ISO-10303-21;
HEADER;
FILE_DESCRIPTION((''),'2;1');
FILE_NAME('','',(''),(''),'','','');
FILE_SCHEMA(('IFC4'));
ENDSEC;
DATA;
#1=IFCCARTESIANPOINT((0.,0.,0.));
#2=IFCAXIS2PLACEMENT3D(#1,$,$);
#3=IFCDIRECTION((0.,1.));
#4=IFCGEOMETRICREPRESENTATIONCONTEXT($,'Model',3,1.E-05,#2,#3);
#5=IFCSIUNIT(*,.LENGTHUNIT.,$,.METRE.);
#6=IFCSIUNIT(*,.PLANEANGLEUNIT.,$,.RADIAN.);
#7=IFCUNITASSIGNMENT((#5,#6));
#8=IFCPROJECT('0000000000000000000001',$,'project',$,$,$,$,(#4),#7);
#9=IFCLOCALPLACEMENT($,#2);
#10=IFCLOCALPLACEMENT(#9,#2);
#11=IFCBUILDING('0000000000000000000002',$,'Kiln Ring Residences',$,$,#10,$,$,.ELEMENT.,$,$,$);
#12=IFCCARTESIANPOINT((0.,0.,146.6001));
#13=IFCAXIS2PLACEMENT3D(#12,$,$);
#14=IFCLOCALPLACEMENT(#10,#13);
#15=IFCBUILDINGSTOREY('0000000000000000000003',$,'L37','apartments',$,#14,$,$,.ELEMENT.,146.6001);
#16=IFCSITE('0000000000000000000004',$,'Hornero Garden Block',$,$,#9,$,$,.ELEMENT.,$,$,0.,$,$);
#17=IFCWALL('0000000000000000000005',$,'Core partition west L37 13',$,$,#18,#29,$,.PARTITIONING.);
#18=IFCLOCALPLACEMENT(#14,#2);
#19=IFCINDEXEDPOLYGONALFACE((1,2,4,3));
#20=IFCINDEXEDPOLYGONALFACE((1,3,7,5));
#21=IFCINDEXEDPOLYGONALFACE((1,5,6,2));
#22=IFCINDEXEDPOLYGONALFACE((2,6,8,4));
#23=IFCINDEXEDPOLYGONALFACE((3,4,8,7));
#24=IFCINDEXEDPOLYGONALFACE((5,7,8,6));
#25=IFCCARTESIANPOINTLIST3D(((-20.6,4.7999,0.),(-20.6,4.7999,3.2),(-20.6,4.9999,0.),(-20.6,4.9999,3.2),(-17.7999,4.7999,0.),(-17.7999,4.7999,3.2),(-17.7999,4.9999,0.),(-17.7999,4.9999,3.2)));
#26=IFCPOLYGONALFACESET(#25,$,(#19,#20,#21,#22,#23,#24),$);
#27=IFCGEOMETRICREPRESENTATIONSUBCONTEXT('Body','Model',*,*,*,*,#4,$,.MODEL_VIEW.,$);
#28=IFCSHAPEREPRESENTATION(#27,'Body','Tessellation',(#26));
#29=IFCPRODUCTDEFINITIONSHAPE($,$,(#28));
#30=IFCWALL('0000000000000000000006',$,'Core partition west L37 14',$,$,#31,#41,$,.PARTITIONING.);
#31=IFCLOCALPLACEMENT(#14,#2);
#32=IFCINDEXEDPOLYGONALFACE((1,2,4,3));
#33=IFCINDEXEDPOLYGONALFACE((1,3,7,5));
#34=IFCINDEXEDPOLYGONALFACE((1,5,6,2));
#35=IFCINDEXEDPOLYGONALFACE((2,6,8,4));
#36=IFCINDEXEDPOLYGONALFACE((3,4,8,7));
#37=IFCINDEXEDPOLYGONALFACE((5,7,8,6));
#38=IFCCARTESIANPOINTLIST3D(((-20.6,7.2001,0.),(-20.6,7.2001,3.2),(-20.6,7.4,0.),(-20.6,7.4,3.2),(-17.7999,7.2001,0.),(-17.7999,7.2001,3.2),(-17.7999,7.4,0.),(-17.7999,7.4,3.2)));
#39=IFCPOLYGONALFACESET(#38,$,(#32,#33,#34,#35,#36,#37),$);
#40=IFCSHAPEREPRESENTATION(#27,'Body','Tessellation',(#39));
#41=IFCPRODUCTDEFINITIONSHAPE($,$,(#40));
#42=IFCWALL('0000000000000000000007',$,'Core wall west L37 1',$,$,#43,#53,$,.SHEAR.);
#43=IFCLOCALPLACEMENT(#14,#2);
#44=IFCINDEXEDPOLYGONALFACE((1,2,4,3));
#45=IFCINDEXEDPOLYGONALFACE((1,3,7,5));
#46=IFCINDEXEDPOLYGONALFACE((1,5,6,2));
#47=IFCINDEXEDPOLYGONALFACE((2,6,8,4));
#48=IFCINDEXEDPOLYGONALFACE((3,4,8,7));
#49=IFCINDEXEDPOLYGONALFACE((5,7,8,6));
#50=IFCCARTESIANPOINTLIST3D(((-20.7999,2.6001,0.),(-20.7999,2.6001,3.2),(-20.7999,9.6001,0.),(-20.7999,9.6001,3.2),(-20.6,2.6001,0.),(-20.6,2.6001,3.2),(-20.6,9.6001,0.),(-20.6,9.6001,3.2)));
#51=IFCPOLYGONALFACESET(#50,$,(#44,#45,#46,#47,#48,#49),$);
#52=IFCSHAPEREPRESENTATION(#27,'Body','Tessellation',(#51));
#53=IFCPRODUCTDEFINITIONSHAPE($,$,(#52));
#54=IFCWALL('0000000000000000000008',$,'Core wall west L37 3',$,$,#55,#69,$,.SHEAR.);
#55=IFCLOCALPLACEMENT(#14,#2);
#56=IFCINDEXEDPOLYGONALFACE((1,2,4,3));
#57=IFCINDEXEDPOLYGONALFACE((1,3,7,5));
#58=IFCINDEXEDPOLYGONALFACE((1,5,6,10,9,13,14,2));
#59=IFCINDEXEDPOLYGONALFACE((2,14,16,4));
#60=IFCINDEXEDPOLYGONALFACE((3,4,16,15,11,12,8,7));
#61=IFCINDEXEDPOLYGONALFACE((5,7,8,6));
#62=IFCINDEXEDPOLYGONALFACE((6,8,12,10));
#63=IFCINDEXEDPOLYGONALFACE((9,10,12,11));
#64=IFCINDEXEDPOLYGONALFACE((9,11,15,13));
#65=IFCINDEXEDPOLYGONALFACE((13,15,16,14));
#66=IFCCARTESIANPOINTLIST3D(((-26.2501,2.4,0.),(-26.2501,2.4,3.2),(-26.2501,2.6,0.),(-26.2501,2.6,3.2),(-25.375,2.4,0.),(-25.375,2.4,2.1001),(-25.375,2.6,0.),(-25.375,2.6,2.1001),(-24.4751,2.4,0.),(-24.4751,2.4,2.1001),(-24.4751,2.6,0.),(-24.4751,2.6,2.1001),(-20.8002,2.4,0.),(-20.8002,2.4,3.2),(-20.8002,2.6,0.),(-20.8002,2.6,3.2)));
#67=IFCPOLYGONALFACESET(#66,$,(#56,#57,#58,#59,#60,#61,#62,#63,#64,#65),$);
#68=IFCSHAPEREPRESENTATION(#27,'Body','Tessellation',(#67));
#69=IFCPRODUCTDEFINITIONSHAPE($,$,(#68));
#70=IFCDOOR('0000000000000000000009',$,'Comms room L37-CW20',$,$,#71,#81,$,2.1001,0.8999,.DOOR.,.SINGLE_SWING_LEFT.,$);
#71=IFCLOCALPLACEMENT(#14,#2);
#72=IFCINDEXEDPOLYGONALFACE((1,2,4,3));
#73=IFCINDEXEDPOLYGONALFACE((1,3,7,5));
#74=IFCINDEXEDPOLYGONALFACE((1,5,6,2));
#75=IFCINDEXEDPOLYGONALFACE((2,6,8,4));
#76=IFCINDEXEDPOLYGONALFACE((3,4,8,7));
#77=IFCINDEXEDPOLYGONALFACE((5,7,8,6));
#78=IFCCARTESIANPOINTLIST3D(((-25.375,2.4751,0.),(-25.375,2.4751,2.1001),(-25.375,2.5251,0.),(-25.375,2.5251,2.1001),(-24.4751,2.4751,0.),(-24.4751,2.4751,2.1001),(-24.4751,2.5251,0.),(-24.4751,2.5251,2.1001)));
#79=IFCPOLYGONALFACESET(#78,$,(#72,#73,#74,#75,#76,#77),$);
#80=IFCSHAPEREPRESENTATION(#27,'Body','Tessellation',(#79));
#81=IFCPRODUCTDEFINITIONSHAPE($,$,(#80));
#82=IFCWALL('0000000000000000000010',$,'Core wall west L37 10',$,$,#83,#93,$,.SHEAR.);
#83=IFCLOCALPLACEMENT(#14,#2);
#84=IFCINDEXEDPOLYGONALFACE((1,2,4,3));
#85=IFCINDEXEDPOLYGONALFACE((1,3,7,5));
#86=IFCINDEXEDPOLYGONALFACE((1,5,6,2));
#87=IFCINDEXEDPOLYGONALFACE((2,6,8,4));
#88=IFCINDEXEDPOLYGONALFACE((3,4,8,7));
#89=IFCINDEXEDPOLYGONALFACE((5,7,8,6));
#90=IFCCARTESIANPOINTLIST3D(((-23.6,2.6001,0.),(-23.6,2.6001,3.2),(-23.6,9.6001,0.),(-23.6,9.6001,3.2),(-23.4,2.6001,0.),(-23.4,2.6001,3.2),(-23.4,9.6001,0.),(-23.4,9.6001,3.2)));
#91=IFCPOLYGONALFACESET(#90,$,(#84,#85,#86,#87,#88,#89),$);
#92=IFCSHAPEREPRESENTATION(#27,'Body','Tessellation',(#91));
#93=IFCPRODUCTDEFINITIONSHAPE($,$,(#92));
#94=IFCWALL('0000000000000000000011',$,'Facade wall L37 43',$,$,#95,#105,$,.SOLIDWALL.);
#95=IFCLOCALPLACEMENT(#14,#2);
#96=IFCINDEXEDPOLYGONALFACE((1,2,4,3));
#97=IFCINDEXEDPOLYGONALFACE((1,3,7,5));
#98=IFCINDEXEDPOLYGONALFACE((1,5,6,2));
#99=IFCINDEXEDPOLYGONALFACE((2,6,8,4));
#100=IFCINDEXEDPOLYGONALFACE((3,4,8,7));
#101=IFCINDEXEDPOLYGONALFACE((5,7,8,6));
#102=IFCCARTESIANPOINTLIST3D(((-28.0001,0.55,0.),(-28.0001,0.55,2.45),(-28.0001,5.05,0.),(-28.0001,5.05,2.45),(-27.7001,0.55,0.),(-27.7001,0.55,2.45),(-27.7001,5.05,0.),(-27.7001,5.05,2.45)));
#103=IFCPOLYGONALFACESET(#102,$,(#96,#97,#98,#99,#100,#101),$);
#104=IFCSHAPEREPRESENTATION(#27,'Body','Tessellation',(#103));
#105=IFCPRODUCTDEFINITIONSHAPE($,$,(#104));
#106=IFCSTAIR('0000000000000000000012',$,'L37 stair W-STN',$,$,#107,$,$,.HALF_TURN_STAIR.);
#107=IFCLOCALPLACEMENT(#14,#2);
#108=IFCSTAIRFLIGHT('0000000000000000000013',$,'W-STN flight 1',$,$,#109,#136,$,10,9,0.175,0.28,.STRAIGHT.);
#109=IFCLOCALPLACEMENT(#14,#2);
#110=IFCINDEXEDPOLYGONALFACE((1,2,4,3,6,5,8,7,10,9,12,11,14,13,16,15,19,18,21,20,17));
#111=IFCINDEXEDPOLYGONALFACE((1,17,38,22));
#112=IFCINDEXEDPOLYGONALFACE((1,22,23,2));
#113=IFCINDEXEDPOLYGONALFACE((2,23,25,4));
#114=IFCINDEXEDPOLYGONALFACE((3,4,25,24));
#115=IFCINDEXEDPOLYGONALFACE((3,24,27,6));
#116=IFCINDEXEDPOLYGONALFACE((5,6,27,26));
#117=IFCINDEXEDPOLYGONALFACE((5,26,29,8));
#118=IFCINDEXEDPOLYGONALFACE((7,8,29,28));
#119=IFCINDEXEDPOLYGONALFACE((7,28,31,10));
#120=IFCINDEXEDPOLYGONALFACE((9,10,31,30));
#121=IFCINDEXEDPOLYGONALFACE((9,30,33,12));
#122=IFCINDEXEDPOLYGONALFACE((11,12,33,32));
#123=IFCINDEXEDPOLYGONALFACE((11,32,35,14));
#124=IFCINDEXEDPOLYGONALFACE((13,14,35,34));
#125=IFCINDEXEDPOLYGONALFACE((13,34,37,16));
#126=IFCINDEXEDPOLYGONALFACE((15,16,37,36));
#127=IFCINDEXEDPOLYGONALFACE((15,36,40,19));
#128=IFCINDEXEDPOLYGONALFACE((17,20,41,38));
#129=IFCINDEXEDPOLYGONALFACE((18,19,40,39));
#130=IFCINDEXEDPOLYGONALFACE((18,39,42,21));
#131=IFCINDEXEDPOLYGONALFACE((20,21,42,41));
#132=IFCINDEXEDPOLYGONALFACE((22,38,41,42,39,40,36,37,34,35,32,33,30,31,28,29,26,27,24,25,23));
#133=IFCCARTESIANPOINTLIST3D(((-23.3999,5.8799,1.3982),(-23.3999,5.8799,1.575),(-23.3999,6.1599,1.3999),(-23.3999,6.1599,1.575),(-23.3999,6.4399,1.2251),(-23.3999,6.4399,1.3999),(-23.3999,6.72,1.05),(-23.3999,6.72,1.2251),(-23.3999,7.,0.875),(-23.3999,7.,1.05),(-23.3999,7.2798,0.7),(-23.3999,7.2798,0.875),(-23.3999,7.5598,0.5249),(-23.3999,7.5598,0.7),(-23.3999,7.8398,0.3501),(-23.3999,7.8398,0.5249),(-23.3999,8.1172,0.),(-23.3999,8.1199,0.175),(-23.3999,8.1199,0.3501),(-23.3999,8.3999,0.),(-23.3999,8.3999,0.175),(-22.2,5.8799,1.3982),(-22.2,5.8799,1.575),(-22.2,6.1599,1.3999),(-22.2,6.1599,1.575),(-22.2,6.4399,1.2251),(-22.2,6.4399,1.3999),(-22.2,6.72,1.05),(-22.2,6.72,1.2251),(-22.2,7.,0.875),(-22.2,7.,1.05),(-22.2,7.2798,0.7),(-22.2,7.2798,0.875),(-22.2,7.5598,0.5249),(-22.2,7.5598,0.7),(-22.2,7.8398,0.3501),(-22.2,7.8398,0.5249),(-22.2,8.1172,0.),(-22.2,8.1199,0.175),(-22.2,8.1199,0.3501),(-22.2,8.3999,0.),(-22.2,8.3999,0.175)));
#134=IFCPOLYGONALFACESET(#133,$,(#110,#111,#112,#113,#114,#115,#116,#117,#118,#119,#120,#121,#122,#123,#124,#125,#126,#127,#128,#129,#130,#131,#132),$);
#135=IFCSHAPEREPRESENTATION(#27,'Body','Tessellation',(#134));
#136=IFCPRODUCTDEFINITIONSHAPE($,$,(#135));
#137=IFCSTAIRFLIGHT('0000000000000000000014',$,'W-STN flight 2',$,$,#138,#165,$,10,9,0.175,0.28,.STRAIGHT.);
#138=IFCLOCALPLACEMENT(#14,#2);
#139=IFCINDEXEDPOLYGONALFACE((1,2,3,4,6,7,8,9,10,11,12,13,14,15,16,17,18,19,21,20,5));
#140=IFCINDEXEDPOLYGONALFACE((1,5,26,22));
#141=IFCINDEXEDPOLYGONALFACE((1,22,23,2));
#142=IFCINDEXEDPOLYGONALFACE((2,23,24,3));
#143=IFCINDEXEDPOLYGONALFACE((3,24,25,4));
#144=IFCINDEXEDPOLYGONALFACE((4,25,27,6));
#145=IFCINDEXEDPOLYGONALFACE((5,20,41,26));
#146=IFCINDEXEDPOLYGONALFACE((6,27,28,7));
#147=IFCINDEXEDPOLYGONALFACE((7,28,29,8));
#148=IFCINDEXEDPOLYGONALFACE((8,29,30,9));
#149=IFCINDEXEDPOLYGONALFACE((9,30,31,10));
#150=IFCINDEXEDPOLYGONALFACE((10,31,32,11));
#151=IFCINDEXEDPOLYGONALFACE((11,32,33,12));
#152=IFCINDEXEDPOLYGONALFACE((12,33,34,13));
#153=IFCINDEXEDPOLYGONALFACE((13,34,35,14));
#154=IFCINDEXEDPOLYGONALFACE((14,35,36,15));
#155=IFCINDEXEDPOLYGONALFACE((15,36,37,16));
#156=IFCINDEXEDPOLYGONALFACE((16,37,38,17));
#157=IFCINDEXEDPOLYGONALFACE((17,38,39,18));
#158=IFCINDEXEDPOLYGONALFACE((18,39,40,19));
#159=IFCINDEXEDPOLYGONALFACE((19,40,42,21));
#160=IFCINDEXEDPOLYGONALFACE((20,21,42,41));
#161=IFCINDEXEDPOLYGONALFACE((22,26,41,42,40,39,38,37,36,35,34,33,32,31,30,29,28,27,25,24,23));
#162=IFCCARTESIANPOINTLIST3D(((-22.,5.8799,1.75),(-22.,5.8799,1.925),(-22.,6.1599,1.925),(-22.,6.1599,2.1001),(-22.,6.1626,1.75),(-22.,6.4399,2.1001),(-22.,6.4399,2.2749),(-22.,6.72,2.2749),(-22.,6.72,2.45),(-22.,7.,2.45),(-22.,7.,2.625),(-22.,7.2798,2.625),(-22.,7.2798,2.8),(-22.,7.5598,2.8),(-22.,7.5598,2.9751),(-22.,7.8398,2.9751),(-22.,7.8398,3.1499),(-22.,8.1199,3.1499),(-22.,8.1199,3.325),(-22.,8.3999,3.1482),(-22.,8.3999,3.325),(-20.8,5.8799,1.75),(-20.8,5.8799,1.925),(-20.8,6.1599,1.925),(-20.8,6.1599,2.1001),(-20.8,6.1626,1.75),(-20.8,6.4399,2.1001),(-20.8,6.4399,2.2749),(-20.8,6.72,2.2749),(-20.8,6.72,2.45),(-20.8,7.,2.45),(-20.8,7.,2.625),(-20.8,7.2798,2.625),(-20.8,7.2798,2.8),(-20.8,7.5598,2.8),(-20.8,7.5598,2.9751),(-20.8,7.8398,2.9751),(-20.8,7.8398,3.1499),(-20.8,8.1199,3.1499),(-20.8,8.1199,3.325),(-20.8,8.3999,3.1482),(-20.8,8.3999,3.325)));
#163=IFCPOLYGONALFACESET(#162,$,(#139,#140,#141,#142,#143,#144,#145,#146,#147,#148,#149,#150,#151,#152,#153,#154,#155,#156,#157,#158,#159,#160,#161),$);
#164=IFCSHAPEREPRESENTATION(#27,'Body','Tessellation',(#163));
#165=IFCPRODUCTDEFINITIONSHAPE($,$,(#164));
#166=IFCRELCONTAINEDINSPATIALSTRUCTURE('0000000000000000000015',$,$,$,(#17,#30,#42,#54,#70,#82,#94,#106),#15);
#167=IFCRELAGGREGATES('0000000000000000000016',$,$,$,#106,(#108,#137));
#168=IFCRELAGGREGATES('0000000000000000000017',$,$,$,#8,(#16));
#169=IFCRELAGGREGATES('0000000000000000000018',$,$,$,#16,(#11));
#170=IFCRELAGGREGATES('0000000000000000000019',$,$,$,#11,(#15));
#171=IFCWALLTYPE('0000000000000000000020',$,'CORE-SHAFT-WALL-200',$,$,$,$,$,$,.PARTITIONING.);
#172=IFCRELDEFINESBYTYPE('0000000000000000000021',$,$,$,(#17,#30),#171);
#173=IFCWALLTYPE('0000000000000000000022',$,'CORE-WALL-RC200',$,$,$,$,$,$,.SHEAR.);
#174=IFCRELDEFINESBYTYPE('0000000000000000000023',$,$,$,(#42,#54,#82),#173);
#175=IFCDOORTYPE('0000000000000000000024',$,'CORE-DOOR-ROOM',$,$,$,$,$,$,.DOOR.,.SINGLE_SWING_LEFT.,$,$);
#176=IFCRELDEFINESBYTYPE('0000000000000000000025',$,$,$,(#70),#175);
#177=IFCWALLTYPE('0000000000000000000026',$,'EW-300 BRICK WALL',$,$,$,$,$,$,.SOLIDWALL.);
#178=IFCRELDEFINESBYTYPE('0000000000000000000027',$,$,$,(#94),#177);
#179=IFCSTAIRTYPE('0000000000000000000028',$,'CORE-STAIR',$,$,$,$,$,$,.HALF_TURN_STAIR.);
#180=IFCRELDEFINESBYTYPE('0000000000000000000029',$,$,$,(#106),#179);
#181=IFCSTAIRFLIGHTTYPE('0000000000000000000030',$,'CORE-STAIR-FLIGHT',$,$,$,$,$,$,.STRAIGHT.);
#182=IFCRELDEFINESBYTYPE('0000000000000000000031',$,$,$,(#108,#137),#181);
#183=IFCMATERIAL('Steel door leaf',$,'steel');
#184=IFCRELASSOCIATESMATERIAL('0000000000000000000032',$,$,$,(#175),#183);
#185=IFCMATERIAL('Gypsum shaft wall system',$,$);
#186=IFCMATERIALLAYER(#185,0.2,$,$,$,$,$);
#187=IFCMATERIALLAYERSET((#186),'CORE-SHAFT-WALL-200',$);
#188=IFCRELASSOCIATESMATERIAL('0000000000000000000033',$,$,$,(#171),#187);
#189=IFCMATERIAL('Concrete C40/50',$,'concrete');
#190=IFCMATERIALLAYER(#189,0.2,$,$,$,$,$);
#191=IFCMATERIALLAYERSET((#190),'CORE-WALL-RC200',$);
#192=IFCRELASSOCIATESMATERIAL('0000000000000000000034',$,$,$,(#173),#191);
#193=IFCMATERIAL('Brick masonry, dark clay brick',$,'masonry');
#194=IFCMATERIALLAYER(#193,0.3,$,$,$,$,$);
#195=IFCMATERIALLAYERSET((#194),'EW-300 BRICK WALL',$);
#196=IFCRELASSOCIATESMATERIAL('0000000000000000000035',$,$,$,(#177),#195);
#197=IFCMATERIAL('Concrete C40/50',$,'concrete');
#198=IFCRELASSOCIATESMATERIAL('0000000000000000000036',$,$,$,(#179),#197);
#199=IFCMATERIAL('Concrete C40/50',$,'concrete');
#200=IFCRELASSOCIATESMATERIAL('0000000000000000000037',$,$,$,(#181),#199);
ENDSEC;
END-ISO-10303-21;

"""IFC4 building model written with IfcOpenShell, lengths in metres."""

from ifc_helpers import new_model, si_unit, direction, frame, frame_2d, origin, place, context, subcontext, project, spatial, polyline, rectangle, outline, extrude, material, layer, layer_set, type_object, element, fill, aggregate, save


model = new_model("IFC4")

# Units and contexts
model_context = context("Model", 3, precision=1e-05, world=origin(), true_north=direction((0.0, 1.0)))
body_context = subcontext(model_context, "Body", "Model", "MODEL_VIEW")
ifc_project = project(units=[si_unit("LENGTHUNIT", "METRE"), si_unit("PLANEANGLEUNIT", "RADIAN")], contexts=[model_context])

# Site, building, storey
site_placement = place(None, origin())
site = spatial("IfcSite", under=ifc_project, at=site_placement, Name="Hornero Garden Block", CompositionType="ELEMENT", RefElevation=0.0)
building_placement = place(site_placement, origin())
building = spatial("IfcBuilding", under=site, at=building_placement, Name="Kiln Ring Residences", CompositionType="ELEMENT")
storey_placement = place(building_placement, frame((0.0, 0.0, 146.6001)))
storey = spatial("IfcBuildingStorey", under=building, at=storey_placement, Name="L37", Description="apartments", CompositionType="ELEMENT", Elevation=146.6001)

# Shared definitions
ifc_material_1 = material(Name="Steel door leaf", Category="steel")
door_type = type_object("IfcDoorType", Name="CORE-DOOR-ROOM", OperationType="SINGLE_SWING_LEFT", PredefinedType="DOOR", material=ifc_material_1)

# Walls
ifc_material_2 = material(Name="Gypsum shaft wall system")
ifc_layer_1 = layer(ifc_material_2, 0.2)
ifc_layer_set_1 = layer_set([ifc_layer_1], Name="CORE-SHAFT-WALL-200")
wall_type_1 = type_object("IfcWallType", Name="CORE-SHAFT-WALL-200", PredefinedType="PARTITIONING", material=ifc_layer_set_1)
for number, where, z_axis, x_axis, name in (
    (1, (-17.8, 4.8999, 0.0), (0.0, 0.0, 1.0), (-1.0, 0.0, 0.0), "Core partition west L37 13"),
    (2, (-17.8, 7.3, 0.0), (0.0, 0.0, 1.0), (-1.0, 0.0, 0.0), "Core partition west L37 14"),
):
    element("IfcWall", number, at=place(storey_placement, frame(where, z_axis=z_axis, x_axis=x_axis)), inside=storey, type_object=wall_type_1, Name=name, PredefinedType="PARTITIONING", context=body_context, shape_type="SweptSolid", body=[
        extrude(rectangle(XDim=2.8, YDim=0.2, at=frame_2d((1.3999, 0.0))), origin(), (0.0, 0.0, 1.0), 3.2),
    ])
ifc_material_3 = material(Name="Concrete C40/50", Category="concrete")
ifc_layer_2 = layer(ifc_material_3, 0.2)
ifc_layer_set_2 = layer_set([ifc_layer_2], Name="CORE-WALL-RC200")
wall_type_2 = type_object("IfcWallType", Name="CORE-WALL-RC200", PredefinedType="SHEAR", material=ifc_layer_set_2)
wall_1_placement = place(storey_placement, frame((-20.7, 2.6001, 0.0), z_axis=(0.0, 0.0, 1.0), x_axis=(0.0, 1.0, 0.0)))
element("IfcWall", 3, at=wall_1_placement, inside=storey, type_object=wall_type_2, Name="Core wall west L37 1", PredefinedType="SHEAR", context=body_context, shape_type="SweptSolid", body=[
    extrude(rectangle(XDim=7.0, YDim=0.2, at=frame_2d((3.5, 0.0))), origin(), (0.0, 0.0, 1.0), 3.2),
])

# Wall, opening, door
wall_2_placement = place(storey_placement, frame((-20.8, 2.5, 0.0), z_axis=(0.0, 0.0, 1.0), x_axis=(-1.0, 0.0, 0.0)))
wall_2 = element("IfcWall", 4, at=wall_2_placement, inside=storey, type_object=wall_type_2, Name="Core wall west L37 3", PredefinedType="SHEAR", context=body_context, shape_type="SweptSolid", body=[
    extrude(rectangle(XDim=5.45, YDim=0.2, at=frame_2d((2.7251, 0.0))), origin(), (0.0, 0.0, 1.0), 3.2),
])
opening_1_placement = place(wall_2_placement, frame((3.675, 0.0, 0.0)))
opening_1 = element("IfcOpeningElement", 5, at=opening_1_placement, cuts=wall_2, PredefinedType="OPENING", context=body_context, shape_type="SweptSolid", body=[
    extrude(rectangle(XDim=0.8999, YDim=2.1001, at=frame_2d((0.45, 1.05))), frame((0.0, 0.1099, 0.0), z_axis=(0.0, -1.0, 0.0), x_axis=(1.0, 0.0, 0.0)), (0.0, 0.0, 1.0), 0.22),
])
door_1_placement = place(opening_1_placement, origin())
door_1 = element("IfcDoor", 6, at=door_1_placement, inside=storey, type_object=door_type, Name="Comms room L37-CW20", OperationType="SINGLE_SWING_LEFT", OverallHeight=2.1001, OverallWidth=0.8999, PredefinedType="DOOR", context=body_context, shape_type="SweptSolid", body=[
    extrude(rectangle(XDim=0.8999, YDim=2.1001, at=frame_2d((0.45, 1.05))), frame((0.0, 0.0249, 0.0), z_axis=(0.0, -1.0, 0.0), x_axis=(1.0, 0.0, 0.0)), (0.0, 0.0, 1.0), 0.05),
])
fill(opening_1, door_1)

# Walls
wall_3_placement = place(storey_placement, frame((-23.5, 2.6001, 0.0), z_axis=(0.0, 0.0, 1.0), x_axis=(0.0, 1.0, 0.0)))
element("IfcWall", 7, at=wall_3_placement, inside=storey, type_object=wall_type_2, Name="Core wall west L37 10", PredefinedType="SHEAR", context=body_context, shape_type="SweptSolid", body=[
    extrude(rectangle(XDim=7.0, YDim=0.2, at=frame_2d((3.5, 0.0))), origin(), (0.0, 0.0, 1.0), 3.2),
])
ifc_material_4 = material(Name="Brick masonry, dark clay brick", Category="masonry")
ifc_layer_3 = layer(ifc_material_4, 0.3)
ifc_layer_set_3 = layer_set([ifc_layer_3], Name="EW-300 BRICK WALL")
wall_type_3 = type_object("IfcWallType", Name="EW-300 BRICK WALL", PredefinedType="SOLIDWALL", material=ifc_layer_set_3)
wall_4_placement = place(storey_placement, frame((-27.8501, 5.05, 0.0), z_axis=(0.0, 0.0, 1.0), x_axis=(0.0, -1.0, 0.0)))
element("IfcWall", 8, at=wall_4_placement, inside=storey, type_object=wall_type_3, Name="Facade wall L37 43", PredefinedType="SOLIDWALL", context=body_context, shape_type="SweptSolid", body=[
    extrude(rectangle(XDim=4.5, YDim=0.3, at=frame_2d((2.25, 0.0))), origin(), (0.0, 0.0, 1.0), 2.45),
])

# Stair, stair flights
ifc_material_5 = material(Name="Concrete C40/50", Category="concrete")
stair_type = type_object("IfcStairType", Name="CORE-STAIR", PredefinedType="HALF_TURN_STAIR", material=ifc_material_5)
stair_placement = place(storey_placement, origin())
stair = element("IfcStair", 9, at=stair_placement, inside=storey, type_object=stair_type, Name="L37 stair W-STN", PredefinedType="HALF_TURN_STAIR")
ifc_material_6 = material(Name="Concrete C40/50", Category="concrete")
stair_flight_type = type_object("IfcStairFlightType", Name="CORE-STAIR-FLIGHT", PredefinedType="STRAIGHT", material=ifc_material_6)
stair_flight_1_placement = place(storey_placement, frame((-22.8, 8.3999, 0.0), z_axis=(0.0, 0.0, 1.0), x_axis=(0.0, -1.0, 0.0)))
stair_flight_1 = element("IfcStairFlight", 10, at=stair_flight_1_placement, type_object=stair_flight_type, Name="W-STN flight 1", NumberOfRisers=10, NumberOfTreads=9, PredefinedType="STRAIGHT", RiserHeight=0.175, TreadLength=0.28, context=body_context, shape_type="SweptSolid", body=[
    extrude(outline(polyline([(0.0, 0.0), (0.0, 0.175), (0.28, 0.175), (0.28, 0.3501), (0.5601, 0.3501), (0.5601, 0.5249), (0.8401, 0.5249), (0.8401, 0.7), (1.1201, 0.7), (1.1201, 0.875), (1.3999, 0.875), (1.3999, 1.05), (1.6799, 1.05), (1.6799, 1.2251), (1.96, 1.2251), (1.96, 1.3999), (2.24, 1.3999), (2.24, 1.575), (2.52, 1.575), (2.52, 1.75), (2.52, 1.3982), (0.2827, 0.0), (0.0, 0.0)])), frame((0.0, 0.6001, 0.0), z_axis=(0.0, -1.0, 0.0), x_axis=(1.0, 0.0, 0.0)), (0.0, 0.0, 1.0), 1.2),
])
stair_flight_2_placement = place(storey_placement, frame((-21.3999, 5.8799, 1.75), z_axis=(0.0, 0.0, 1.0), x_axis=(0.0, 1.0, 0.0)))
stair_flight_2 = element("IfcStairFlight", 11, at=stair_flight_2_placement, type_object=stair_flight_type, Name="W-STN flight 2", NumberOfRisers=10, NumberOfTreads=9, PredefinedType="STRAIGHT", RiserHeight=0.175, TreadLength=0.28, context=body_context, shape_type="SweptSolid", body=[
    extrude(outline(polyline([(0.0, 0.0), (0.0, 0.175), (0.28, 0.175), (0.28, 0.3501), (0.5601, 0.3501), (0.5601, 0.5249), (0.8401, 0.5249), (0.8401, 0.7), (1.1201, 0.7), (1.1201, 0.875), (1.3999, 0.875), (1.3999, 1.05), (1.6799, 1.05), (1.6799, 1.2251), (1.96, 1.2251), (1.96, 1.3999), (2.24, 1.3999), (2.24, 1.575), (2.52, 1.575), (2.52, 1.75), (2.52, 1.3982), (0.2827, 0.0), (0.0, 0.0)])), frame((0.0, 0.6001, 0.0), z_axis=(0.0, -1.0, 0.0), x_axis=(1.0, 0.0, 0.0)), (0.0, 0.0, 1.0), 1.2),
])
aggregate(stair, [stair_flight_1, stair_flight_2])

save(model, "model.ifc")
